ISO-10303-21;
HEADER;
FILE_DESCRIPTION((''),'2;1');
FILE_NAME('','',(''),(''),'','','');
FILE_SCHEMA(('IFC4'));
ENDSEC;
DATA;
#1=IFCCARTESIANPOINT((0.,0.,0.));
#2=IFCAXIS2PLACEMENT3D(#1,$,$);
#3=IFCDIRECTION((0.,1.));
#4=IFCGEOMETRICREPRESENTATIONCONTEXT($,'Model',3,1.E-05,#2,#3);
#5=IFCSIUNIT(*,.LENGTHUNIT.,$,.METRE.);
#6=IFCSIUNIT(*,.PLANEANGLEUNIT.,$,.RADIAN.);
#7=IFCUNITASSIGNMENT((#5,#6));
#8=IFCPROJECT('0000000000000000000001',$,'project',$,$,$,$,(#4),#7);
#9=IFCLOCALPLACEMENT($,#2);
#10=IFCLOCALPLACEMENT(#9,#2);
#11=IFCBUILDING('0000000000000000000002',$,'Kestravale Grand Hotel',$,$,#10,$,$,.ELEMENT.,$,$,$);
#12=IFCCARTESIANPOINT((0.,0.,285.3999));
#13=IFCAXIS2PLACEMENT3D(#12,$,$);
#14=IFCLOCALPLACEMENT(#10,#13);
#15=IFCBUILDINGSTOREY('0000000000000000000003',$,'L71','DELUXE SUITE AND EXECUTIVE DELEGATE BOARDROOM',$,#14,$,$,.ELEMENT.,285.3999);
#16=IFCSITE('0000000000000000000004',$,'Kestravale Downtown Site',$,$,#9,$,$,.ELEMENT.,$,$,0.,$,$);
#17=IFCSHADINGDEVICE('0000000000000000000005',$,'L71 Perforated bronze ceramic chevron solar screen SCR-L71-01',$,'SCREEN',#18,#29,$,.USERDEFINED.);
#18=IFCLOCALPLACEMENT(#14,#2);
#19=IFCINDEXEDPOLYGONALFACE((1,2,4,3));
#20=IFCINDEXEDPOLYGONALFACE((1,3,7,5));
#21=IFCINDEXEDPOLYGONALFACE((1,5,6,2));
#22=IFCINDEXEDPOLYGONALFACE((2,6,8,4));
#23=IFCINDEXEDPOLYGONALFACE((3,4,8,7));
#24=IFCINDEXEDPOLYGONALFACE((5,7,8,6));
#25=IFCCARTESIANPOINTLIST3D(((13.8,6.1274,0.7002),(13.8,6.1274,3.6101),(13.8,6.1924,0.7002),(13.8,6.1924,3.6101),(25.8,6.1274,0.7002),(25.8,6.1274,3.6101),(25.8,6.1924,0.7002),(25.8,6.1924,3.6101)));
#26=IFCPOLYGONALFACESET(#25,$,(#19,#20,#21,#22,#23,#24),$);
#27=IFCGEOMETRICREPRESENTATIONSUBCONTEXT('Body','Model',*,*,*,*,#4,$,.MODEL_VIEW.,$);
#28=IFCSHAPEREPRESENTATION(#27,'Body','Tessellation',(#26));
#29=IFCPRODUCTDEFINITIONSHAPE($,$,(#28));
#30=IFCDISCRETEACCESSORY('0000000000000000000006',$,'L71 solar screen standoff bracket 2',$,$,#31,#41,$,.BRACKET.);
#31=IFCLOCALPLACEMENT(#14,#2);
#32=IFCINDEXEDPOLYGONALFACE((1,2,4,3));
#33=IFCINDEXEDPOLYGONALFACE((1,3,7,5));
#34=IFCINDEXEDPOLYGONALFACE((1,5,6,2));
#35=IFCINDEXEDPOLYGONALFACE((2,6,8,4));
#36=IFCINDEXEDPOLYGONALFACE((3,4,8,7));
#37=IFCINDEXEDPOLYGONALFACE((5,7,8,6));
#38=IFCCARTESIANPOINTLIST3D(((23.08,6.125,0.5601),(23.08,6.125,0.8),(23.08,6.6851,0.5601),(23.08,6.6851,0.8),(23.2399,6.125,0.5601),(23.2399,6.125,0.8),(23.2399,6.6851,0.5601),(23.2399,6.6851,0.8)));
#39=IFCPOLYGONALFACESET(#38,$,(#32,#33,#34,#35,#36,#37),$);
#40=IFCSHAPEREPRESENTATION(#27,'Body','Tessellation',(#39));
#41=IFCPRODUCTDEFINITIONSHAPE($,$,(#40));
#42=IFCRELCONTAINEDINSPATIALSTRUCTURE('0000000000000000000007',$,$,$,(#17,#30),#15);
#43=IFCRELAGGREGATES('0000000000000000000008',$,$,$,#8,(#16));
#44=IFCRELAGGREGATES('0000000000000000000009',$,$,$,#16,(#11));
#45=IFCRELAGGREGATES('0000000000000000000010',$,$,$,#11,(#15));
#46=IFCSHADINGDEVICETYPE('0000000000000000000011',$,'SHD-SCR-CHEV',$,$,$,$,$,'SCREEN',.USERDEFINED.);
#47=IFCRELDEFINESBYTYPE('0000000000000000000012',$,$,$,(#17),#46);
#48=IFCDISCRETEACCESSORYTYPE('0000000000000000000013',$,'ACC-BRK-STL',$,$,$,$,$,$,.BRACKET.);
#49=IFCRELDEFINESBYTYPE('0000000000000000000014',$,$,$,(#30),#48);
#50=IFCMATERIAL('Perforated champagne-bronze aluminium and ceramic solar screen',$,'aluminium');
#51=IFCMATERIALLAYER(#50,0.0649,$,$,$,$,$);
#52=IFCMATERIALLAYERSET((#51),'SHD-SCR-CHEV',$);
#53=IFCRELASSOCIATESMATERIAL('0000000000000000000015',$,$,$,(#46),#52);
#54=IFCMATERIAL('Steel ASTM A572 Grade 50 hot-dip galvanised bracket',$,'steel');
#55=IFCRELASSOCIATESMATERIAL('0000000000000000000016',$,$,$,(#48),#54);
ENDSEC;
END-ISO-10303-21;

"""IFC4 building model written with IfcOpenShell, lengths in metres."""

from ifc_helpers import new_model, si_unit, direction, frame, origin, origin_2d, place, context, subcontext, project, spatial, rectangle, extrude, material, layer, layer_set, type_object, element, save


model = new_model("IFC4")

# Units and contexts
model_context = context("Model", 3, precision=1e-05, world=origin(), true_north=direction((0.0, 1.0)))
body_context = subcontext(model_context, "Body", "Model", "MODEL_VIEW")
ifc_project = project(units=[si_unit("LENGTHUNIT", "METRE"), si_unit("PLANEANGLEUNIT", "RADIAN")], contexts=[model_context])

# Site, building, storey
site_placement = place(None, origin())
site = spatial("IfcSite", under=ifc_project, at=site_placement, Name="Kestravale Downtown Site", CompositionType="ELEMENT", RefElevation=0.0)
building_placement = place(site_placement, origin())
building = spatial("IfcBuilding", under=site, at=building_placement, Name="Kestravale Grand Hotel", CompositionType="ELEMENT")
storey_placement = place(building_placement, frame((0.0, 0.0, 285.3999)))
storey = spatial("IfcBuildingStorey", under=building, at=storey_placement, Name="L71", Description="DELUXE SUITE AND EXECUTIVE DELEGATE BOARDROOM", CompositionType="ELEMENT", Elevation=285.3999)

# Shading device
ifc_material_1 = material(Name="Perforated champagne-bronze aluminium and ceramic solar screen", Category="aluminium")
ifc_layer_1 = layer(ifc_material_1, 0.0649)
ifc_layer_set_1 = layer_set([ifc_layer_1], Name="SHD-SCR-CHEV")
shading_device_type = type_object("IfcShadingDeviceType", Name="SHD-SCR-CHEV", ElementType="SCREEN", PredefinedType="USERDEFINED", material=ifc_layer_set_1)
shading_device_placement = place(storey_placement, frame((19.8, 6.1599, 0.7002), z_axis=(0.0, 0.0, 1.0), x_axis=(1.0, 0.0, 0.0)))
element("IfcShadingDevice", 1, at=shading_device_placement, inside=storey, type_object=shading_device_type, Name="L71 Perforated bronze ceramic chevron solar screen SCR-L71-01", ObjectType="SCREEN", PredefinedType="USERDEFINED", context=body_context, shape_type="SweptSolid", body=[
    extrude(rectangle(XDim=12.0, YDim=0.0649, at=origin_2d()), origin(), (0.0, 0.0, 1.0), 2.9099),
])

# Discrete accessory
ifc_material_2 = material(Name="Steel ASTM A572 Grade 50 hot-dip galvanised bracket", Category="steel")
discrete_accessory_type = type_object("IfcDiscreteAccessoryType", Name="ACC-BRK-STL", PredefinedType="BRACKET", material=ifc_material_2)
discrete_accessory_placement = place(storey_placement, frame((23.1599, 6.405, 0.5601), z_axis=(0.0, 0.0, 1.0), x_axis=(1.0, 0.0, 0.0)))
element("IfcDiscreteAccessory", 2, at=discrete_accessory_placement, inside=storey, type_object=discrete_accessory_type, Name="L71 solar screen standoff bracket 2", PredefinedType="BRACKET", context=body_context, shape_type="SweptSolid", body=[
    extrude(rectangle(XDim=0.1599, YDim=0.5601, at=origin_2d()), origin(), (0.0, 0.0, 1.0), 0.24),
])

save(model, "model.ifc")
